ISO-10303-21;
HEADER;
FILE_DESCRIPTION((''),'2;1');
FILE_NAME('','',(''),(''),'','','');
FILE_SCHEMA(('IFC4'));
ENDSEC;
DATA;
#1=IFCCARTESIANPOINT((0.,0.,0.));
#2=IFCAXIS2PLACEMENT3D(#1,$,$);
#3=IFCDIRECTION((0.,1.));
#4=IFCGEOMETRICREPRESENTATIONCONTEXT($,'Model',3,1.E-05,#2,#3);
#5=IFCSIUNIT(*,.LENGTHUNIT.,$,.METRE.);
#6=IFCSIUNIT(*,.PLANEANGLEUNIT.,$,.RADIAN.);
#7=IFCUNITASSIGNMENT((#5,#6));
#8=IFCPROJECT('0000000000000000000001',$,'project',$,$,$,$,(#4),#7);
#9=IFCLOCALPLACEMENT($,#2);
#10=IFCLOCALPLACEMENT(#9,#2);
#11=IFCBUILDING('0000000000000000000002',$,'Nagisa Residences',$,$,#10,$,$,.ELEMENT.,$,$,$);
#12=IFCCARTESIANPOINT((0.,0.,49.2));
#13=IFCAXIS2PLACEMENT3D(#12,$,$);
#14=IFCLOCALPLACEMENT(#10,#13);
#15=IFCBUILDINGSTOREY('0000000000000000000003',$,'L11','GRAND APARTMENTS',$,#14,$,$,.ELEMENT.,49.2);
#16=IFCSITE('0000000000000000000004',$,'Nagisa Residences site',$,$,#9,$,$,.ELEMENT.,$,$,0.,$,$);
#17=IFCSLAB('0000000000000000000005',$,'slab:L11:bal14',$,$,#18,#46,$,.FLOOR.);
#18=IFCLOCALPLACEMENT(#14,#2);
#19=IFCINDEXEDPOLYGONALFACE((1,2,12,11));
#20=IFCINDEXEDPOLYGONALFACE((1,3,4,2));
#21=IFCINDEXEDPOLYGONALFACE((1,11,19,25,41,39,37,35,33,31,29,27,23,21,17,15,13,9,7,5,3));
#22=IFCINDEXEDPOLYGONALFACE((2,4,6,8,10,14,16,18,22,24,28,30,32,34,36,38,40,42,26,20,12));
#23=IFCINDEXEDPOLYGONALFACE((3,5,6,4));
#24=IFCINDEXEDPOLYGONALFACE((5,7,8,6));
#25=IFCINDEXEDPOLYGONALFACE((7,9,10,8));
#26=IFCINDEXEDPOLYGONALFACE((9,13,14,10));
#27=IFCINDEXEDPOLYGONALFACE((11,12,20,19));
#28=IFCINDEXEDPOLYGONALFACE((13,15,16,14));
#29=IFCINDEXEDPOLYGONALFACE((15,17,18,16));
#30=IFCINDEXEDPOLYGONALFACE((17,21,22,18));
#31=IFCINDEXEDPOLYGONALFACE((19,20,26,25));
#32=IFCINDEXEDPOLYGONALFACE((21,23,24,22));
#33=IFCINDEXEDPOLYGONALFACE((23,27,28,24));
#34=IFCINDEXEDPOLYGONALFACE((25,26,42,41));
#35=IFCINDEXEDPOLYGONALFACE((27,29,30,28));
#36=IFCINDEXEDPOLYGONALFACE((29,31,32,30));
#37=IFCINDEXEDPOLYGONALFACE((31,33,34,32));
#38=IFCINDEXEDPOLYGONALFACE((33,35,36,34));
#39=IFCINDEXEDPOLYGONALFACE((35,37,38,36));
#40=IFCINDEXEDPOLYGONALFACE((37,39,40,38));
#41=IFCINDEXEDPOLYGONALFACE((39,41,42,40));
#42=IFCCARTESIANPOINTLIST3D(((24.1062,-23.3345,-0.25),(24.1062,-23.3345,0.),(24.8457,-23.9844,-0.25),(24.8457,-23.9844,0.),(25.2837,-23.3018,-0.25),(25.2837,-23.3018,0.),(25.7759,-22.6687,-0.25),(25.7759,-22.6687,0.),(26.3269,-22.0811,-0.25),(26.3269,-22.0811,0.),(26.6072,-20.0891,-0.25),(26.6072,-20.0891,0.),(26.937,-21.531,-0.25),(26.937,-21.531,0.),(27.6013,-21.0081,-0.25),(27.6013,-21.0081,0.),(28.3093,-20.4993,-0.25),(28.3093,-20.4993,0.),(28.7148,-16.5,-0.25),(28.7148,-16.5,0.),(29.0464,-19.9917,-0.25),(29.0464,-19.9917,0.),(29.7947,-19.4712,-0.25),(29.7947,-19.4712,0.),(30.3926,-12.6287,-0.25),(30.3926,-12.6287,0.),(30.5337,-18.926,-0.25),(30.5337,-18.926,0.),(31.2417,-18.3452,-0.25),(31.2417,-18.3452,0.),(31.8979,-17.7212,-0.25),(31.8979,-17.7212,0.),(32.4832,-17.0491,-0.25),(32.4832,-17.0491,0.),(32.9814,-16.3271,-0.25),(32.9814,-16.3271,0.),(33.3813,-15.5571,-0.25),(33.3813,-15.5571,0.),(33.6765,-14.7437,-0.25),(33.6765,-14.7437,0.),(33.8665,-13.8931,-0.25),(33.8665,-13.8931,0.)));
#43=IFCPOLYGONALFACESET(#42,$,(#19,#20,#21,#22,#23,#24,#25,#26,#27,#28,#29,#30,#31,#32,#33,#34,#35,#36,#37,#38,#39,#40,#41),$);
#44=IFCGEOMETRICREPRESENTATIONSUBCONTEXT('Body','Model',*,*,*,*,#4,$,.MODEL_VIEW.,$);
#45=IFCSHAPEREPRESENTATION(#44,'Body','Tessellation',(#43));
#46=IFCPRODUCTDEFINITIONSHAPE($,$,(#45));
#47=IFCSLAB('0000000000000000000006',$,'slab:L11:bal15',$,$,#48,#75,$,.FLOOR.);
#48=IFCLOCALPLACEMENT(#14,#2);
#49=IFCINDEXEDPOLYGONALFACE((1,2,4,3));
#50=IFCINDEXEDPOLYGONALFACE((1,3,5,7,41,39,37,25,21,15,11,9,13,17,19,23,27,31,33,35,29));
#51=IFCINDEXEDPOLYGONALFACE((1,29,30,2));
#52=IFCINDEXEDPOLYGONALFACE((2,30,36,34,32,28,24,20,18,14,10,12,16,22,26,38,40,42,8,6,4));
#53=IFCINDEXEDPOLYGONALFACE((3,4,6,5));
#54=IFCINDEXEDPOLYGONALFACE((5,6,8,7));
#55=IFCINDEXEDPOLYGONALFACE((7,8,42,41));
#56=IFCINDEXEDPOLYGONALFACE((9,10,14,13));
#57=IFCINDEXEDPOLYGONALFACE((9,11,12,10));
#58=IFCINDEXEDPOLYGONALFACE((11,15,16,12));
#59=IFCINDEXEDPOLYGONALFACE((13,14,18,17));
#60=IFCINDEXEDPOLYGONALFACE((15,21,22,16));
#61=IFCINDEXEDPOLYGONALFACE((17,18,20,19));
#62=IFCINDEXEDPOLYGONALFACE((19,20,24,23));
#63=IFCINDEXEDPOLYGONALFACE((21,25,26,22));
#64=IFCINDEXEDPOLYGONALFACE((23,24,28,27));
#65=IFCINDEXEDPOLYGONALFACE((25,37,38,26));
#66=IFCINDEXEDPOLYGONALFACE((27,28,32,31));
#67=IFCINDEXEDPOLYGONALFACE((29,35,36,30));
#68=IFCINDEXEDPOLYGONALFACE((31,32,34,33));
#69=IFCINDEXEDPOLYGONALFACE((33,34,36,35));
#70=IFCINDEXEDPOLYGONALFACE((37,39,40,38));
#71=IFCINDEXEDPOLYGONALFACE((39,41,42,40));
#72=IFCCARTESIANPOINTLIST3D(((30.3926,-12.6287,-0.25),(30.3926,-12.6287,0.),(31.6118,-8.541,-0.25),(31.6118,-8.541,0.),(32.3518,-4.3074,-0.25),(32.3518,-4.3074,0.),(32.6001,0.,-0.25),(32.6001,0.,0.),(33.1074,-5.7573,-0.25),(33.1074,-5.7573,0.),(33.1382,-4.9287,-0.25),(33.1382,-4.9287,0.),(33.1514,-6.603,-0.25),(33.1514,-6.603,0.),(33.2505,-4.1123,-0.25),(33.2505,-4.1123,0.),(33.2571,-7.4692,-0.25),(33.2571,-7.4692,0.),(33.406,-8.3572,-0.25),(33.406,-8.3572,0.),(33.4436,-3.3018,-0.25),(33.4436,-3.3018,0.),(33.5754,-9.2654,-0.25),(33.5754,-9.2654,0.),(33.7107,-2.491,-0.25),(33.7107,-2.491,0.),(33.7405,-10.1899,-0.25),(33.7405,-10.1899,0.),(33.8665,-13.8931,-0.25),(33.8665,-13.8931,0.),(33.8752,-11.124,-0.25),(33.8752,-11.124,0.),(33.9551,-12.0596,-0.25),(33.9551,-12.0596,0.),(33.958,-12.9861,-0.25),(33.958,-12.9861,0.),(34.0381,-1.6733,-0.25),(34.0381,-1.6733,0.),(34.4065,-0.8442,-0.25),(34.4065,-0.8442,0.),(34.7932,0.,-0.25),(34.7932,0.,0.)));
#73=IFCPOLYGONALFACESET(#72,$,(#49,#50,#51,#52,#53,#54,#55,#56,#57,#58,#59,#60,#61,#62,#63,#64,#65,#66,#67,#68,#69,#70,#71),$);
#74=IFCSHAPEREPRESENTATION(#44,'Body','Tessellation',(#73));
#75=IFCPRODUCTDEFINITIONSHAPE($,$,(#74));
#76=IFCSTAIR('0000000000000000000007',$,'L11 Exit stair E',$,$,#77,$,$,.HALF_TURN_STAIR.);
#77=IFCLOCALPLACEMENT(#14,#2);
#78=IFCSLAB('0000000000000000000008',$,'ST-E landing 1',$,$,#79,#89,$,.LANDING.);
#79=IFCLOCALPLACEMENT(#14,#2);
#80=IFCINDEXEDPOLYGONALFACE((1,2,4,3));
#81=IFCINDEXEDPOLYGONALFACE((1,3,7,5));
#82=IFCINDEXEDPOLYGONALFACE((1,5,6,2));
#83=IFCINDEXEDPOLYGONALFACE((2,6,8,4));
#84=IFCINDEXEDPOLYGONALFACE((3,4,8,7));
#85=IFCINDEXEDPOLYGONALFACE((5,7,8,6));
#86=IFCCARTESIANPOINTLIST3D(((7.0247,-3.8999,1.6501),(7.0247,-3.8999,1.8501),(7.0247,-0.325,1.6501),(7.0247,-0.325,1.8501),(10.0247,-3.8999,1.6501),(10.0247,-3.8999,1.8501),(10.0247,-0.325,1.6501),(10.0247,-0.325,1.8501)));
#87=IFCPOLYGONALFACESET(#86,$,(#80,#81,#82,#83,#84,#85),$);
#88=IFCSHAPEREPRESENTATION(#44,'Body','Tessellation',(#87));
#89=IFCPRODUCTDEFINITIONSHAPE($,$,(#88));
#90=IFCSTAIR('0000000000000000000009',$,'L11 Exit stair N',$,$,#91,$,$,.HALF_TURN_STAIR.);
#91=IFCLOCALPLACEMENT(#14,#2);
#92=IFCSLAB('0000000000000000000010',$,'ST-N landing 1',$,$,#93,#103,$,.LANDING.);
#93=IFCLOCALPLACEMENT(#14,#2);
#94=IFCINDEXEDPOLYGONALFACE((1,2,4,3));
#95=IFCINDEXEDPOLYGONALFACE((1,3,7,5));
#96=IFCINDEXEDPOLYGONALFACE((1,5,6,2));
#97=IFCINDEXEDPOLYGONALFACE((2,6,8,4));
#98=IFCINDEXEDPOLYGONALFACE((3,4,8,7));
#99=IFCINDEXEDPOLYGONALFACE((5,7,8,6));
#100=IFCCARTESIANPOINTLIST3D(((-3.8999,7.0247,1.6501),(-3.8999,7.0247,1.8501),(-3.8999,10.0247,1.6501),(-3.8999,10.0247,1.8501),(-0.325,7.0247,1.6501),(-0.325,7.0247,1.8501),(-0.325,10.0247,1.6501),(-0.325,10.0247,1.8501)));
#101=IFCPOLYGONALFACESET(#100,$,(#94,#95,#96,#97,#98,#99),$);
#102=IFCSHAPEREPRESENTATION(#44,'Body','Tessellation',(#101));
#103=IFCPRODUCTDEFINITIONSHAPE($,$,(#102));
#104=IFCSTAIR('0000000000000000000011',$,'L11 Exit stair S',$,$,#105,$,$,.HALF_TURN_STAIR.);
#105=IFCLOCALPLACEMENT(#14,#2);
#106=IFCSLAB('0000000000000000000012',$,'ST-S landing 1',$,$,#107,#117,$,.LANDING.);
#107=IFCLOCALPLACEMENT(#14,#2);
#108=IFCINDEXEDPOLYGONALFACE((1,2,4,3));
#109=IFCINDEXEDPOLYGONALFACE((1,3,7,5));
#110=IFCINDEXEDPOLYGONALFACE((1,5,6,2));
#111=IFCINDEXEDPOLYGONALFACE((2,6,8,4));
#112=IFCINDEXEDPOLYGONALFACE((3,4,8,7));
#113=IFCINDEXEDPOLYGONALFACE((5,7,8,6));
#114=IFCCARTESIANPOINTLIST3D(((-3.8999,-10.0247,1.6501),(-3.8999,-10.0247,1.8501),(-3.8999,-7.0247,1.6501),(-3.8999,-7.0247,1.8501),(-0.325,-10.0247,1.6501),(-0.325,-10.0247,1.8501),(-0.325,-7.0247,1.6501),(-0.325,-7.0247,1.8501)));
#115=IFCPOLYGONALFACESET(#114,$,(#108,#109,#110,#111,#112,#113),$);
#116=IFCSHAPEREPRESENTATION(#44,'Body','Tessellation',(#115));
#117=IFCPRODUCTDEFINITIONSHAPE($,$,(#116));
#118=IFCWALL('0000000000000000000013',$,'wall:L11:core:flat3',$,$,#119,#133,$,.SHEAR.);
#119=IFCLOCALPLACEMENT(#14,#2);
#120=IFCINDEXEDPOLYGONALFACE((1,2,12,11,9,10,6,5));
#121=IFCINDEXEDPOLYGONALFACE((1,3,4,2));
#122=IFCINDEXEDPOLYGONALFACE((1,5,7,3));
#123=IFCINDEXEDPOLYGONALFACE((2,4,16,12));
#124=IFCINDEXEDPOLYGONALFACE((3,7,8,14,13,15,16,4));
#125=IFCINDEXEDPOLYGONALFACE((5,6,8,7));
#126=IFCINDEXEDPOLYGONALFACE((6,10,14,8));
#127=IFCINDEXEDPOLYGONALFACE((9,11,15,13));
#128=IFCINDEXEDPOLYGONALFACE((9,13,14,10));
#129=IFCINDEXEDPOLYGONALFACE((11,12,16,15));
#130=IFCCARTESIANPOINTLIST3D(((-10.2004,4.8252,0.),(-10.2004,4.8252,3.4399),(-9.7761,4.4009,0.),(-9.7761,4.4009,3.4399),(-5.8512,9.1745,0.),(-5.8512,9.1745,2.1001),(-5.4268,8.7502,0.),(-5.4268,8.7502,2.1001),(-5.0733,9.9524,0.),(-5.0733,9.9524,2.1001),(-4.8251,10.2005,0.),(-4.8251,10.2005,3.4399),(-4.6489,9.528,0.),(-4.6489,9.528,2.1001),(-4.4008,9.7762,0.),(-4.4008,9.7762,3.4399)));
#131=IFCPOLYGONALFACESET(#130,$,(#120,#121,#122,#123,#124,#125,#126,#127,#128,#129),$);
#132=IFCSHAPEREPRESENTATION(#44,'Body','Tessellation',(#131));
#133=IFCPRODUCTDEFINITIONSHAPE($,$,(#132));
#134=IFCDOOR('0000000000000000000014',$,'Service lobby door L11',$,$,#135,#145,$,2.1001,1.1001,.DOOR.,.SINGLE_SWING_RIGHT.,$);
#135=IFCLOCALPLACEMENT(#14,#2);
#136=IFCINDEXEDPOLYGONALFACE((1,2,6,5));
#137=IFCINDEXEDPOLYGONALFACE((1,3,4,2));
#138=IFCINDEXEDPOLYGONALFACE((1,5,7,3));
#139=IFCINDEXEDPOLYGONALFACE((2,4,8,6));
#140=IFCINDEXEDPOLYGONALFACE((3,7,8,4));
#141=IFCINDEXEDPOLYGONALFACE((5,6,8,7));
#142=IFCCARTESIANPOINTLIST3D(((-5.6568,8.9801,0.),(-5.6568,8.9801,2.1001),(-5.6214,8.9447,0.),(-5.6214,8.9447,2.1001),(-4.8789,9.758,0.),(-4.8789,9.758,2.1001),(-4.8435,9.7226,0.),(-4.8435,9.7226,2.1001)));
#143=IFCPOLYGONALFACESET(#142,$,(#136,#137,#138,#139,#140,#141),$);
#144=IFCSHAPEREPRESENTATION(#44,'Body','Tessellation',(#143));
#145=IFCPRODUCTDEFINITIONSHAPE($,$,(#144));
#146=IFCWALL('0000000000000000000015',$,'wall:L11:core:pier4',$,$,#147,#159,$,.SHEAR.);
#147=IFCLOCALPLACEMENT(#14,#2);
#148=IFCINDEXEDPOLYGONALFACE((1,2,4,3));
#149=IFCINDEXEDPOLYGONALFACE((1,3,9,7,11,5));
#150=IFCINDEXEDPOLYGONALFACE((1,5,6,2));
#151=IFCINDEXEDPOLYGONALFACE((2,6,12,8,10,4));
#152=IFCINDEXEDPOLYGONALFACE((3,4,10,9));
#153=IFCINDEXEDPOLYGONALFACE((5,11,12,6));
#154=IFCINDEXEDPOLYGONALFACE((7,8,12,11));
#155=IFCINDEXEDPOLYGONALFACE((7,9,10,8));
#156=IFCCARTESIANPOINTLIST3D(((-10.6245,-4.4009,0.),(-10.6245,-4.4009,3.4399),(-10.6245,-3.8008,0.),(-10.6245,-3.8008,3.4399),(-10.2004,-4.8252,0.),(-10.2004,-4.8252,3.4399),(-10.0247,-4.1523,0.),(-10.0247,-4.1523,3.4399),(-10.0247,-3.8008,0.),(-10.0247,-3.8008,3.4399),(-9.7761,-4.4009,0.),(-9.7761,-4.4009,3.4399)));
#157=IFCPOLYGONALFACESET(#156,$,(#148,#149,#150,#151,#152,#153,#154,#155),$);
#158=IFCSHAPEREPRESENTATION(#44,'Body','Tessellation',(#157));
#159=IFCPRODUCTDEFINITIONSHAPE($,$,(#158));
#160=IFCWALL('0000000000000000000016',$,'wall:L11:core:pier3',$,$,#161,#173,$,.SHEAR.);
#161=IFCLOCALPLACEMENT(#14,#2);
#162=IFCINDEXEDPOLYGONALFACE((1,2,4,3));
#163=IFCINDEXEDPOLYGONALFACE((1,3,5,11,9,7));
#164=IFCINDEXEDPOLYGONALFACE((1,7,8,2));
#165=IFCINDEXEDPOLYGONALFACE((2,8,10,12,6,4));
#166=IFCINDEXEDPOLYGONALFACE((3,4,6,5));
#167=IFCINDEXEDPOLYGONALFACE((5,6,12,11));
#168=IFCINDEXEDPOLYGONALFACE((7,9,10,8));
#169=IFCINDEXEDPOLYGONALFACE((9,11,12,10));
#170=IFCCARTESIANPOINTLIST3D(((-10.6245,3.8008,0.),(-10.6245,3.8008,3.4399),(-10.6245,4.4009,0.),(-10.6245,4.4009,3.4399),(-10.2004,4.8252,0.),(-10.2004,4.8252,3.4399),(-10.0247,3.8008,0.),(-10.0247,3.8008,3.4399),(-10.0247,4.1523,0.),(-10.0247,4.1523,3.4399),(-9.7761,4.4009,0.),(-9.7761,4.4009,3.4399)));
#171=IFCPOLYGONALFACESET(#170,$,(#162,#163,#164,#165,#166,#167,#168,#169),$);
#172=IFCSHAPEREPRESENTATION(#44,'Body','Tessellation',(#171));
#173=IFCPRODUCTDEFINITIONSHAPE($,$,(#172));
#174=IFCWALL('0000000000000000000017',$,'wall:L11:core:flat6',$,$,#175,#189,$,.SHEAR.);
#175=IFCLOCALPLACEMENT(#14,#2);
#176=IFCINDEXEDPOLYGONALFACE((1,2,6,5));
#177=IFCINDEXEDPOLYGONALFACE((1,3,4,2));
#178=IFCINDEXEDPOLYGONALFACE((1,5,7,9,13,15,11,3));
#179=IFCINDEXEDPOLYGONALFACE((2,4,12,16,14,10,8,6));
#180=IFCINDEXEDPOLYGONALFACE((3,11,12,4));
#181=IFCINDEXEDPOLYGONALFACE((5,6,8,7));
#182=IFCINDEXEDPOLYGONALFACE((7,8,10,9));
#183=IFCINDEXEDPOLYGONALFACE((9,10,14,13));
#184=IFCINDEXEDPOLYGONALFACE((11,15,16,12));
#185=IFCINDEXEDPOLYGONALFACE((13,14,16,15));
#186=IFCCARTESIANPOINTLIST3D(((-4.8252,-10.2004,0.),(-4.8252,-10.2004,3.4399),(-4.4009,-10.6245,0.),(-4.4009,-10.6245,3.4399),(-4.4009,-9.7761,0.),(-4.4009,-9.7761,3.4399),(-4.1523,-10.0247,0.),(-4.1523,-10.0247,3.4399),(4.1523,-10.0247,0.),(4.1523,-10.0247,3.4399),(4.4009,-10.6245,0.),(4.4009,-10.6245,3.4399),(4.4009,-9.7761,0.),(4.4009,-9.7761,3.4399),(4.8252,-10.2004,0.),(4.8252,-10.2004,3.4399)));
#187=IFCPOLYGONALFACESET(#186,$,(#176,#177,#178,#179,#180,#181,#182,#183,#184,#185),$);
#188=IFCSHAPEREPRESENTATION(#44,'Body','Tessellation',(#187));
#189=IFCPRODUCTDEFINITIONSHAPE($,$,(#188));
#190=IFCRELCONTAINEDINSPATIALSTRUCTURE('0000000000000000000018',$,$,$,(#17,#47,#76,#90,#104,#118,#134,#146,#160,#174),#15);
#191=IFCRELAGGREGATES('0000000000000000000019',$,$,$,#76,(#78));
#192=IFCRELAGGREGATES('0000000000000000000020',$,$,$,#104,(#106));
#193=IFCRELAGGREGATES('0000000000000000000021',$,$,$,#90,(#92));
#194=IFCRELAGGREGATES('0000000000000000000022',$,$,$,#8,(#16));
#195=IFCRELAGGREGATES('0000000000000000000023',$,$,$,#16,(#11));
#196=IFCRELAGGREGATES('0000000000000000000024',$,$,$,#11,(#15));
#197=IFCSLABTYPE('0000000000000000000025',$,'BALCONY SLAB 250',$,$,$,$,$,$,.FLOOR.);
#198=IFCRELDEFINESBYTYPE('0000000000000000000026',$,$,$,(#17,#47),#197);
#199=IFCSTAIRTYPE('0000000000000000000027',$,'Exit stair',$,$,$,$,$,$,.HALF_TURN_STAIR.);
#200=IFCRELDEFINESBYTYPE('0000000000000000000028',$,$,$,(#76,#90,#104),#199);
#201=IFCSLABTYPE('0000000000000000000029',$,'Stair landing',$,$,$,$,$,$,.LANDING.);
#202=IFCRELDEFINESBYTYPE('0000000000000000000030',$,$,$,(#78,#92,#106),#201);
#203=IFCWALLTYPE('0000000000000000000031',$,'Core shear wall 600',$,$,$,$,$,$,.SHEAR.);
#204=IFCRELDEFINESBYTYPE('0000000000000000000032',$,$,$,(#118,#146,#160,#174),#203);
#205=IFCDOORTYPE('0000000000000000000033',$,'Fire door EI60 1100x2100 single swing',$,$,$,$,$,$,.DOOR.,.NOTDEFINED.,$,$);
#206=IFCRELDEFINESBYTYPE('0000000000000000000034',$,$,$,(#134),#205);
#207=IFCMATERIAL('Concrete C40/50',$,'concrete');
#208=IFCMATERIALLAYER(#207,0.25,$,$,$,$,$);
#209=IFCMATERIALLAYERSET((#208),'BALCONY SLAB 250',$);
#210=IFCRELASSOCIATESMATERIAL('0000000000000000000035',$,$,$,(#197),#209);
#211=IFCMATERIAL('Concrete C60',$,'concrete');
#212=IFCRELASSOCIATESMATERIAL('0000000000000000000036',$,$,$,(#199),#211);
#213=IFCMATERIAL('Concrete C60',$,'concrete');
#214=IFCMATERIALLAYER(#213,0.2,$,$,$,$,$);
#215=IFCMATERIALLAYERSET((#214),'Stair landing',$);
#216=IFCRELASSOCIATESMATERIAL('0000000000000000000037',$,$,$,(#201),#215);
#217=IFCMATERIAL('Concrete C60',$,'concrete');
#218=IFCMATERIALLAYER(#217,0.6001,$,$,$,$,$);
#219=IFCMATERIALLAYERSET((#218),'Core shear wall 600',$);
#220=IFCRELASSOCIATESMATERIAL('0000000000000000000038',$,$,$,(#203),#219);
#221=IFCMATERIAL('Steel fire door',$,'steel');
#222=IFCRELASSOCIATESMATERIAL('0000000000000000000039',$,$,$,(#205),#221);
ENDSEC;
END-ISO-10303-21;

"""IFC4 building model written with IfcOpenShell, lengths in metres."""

from ifc_helpers import new_model, si_unit, direction, frame, frame_2d, origin, place, context, subcontext, project, spatial, polyline, rectangle, outline, extrude, material, layer, layer_set, type_object, element, fill, aggregate, save


model = new_model("IFC4")

# Units and contexts
model_context = context("Model", 3, precision=1e-05, world=origin(), true_north=direction((0.0, 1.0)))
body_context = subcontext(model_context, "Body", "Model", "MODEL_VIEW")
ifc_project = project(units=[si_unit("LENGTHUNIT", "METRE"), si_unit("PLANEANGLEUNIT", "RADIAN")], contexts=[model_context])

# Site, building, storey
site_placement = place(None, origin())
site = spatial("IfcSite", under=ifc_project, at=site_placement, Name="Nagisa Residences site", CompositionType="ELEMENT", RefElevation=0.0)
building_placement = place(site_placement, origin())
building = spatial("IfcBuilding", under=site, at=building_placement, Name="Nagisa Residences", CompositionType="ELEMENT")
storey_placement = place(building_placement, frame((0.0, 0.0, 49.2)))
storey = spatial("IfcBuildingStorey", under=building, at=storey_placement, Name="L11", Description="GRAND APARTMENTS", CompositionType="ELEMENT", Elevation=49.2)

# Slabs
ifc_material_1 = material(Name="Concrete C40/50", Category="concrete")
ifc_layer_1 = layer(ifc_material_1, 0.25)
ifc_layer_set_1 = layer_set([ifc_layer_1], Name="BALCONY SLAB 250")
slab_type_1 = type_object("IfcSlabType", Name="BALCONY SLAB 250", PredefinedType="FLOOR", material=ifc_layer_set_1)
slab_1_placement = place(storey_placement, frame((0.0, 0.0, -0.25)))
element("IfcSlab", 1, at=slab_1_placement, inside=storey, type_object=slab_type_1, Name="slab:L11:bal14", PredefinedType="FLOOR", context=body_context, shape_type="SweptSolid", body=[
    extrude(outline(polyline([(24.8457, -23.9844), (25.2837, -23.3018), (25.7759, -22.6687), (26.3269, -22.0811), (26.937, -21.531), (27.6013, -21.0081), (28.3093, -20.4993), (29.0464, -19.9917), (29.7947, -19.4712), (30.5337, -18.926), (31.2417, -18.3452), (31.8979, -17.7212), (32.4832, -17.0491), (32.9814, -16.3271), (33.3813, -15.5571), (33.6765, -14.7437), (33.8665, -13.8931), (30.3926, -12.6287), (28.7148, -16.5), (26.6072, -20.0891), (24.1062, -23.3345), (24.8457, -23.9844)])), origin(), (0.0, 0.0, 1.0), 0.25),
])
slab_2_placement = place(storey_placement, frame((0.0, 0.0, -0.25)))
element("IfcSlab", 2, at=slab_2_placement, inside=storey, type_object=slab_type_1, Name="slab:L11:bal15", PredefinedType="FLOOR", context=body_context, shape_type="SweptSolid", body=[
    extrude(outline(polyline([(33.8665, -13.8931), (33.958, -12.9861), (33.9551, -12.0596), (33.8752, -11.124), (33.7405, -10.1899), (33.5754, -9.2654), (33.406, -8.3572), (33.2571, -7.4692), (33.1514, -6.603), (33.1074, -5.7573), (33.1382, -4.9287), (33.2505, -4.1123), (33.4436, -3.3018), (33.7107, -2.491), (34.0381, -1.6733), (34.4065, -0.8442), (34.7932, 0.0), (32.6001, 0.0), (32.3518, -4.3074), (31.6118, -8.541), (30.3926, -12.6287), (33.8665, -13.8931)])), origin(), (0.0, 0.0, 1.0), 0.25),
])

# Stairs, slabs
ifc_material_2 = material(Name="Concrete C60", Category="concrete")
stair_type = type_object("IfcStairType", Name="Exit stair", PredefinedType="HALF_TURN_STAIR", material=ifc_material_2)
stair_1_placement = place(storey_placement, origin())
stair_1 = element("IfcStair", 3, at=stair_1_placement, inside=storey, type_object=stair_type, Name="L11 Exit stair E", PredefinedType="HALF_TURN_STAIR")
ifc_material_3 = material(Name="Concrete C60", Category="concrete")
ifc_layer_2 = layer(ifc_material_3, 0.2)
ifc_layer_set_2 = layer_set([ifc_layer_2], Name="Stair landing")
slab_type_2 = type_object("IfcSlabType", Name="Stair landing", PredefinedType="LANDING", material=ifc_layer_set_2)
slab_3_placement = place(storey_placement, frame((0.0, 0.0, 1.6501)))
slab_3 = element("IfcSlab", 4, at=slab_3_placement, type_object=slab_type_2, Name="ST-E landing 1", PredefinedType="LANDING", context=body_context, shape_type="SweptSolid", body=[
    extrude(outline(polyline([(7.0247, -0.325), (7.0247, -3.8999), (10.0247, -3.8999), (10.0247, -0.325), (7.0247, -0.325)])), origin(), (0.0, 0.0, 1.0), 0.2),
])
aggregate(stair_1, [slab_3])
stair_2_placement = place(storey_placement, origin())
stair_2 = element("IfcStair", 5, at=stair_2_placement, inside=storey, type_object=stair_type, Name="L11 Exit stair N", PredefinedType="HALF_TURN_STAIR")
slab_4_placement = place(storey_placement, frame((0.0, 0.0, 1.6501)))
slab_4 = element("IfcSlab", 6, at=slab_4_placement, type_object=slab_type_2, Name="ST-N landing 1", PredefinedType="LANDING", context=body_context, shape_type="SweptSolid", body=[
    extrude(outline(polyline([(-0.325, 10.0247), (-3.8999, 10.0247), (-3.8999, 7.0247), (-0.325, 7.0247), (-0.325, 10.0247)])), origin(), (0.0, 0.0, 1.0), 0.2),
])
stair_3_placement = place(storey_placement, origin())
stair_3 = element("IfcStair", 7, at=stair_3_placement, inside=storey, type_object=stair_type, Name="L11 Exit stair S", PredefinedType="HALF_TURN_STAIR")
slab_5_placement = place(storey_placement, frame((0.0, 0.0, 1.6501)))
slab_5 = element("IfcSlab", 8, at=slab_5_placement, type_object=slab_type_2, Name="ST-S landing 1", PredefinedType="LANDING", context=body_context, shape_type="SweptSolid", body=[
    extrude(outline(polyline([(-0.325, -7.0247), (-3.8999, -7.0247), (-3.8999, -10.0247), (-0.325, -10.0247), (-0.325, -7.0247)])), origin(), (0.0, 0.0, 1.0), 0.2),
])
aggregate(stair_3, [slab_5])

# Wall, opening, door
ifc_material_4 = material(Name="Concrete C60", Category="concrete")
ifc_layer_3 = layer(ifc_material_4, 0.6001)
ifc_layer_set_3 = layer_set([ifc_layer_3], Name="Core shear wall 600")
wall_type_1 = type_object("IfcWallType", Name="Core shear wall 600", PredefinedType="SHEAR", material=ifc_layer_set_3)
wall_1_placement = place(storey_placement, frame((-4.613, 9.9883, 0.0), z_axis=(0.0, 0.0, 1.0), x_axis=(-0.707107, -0.707107, 0.0)))
wall_1 = element("IfcWall", 9, at=wall_1_placement, inside=storey, type_object=wall_type_1, Name="wall:L11:core:flat3", PredefinedType="SHEAR", context=body_context, shape_type="SweptSolid", body=[
    extrude(rectangle(XDim=7.6018, YDim=0.6001, at=frame_2d((3.8008, 0.0))), origin(), (0.0, 0.0, 1.0), 3.4399),
])
opening_1_placement = place(wall_1_placement, frame((0.3508, 0.0, 0.0)))
opening_1 = element("IfcOpeningElement", 10, at=opening_1_placement, cuts=wall_1, PredefinedType="OPENING", context=body_context, shape_type="SweptSolid", body=[
    extrude(rectangle(XDim=1.1001, YDim=2.1001, at=frame_2d((0.55, 1.05))), frame((0.0, 0.3101, 0.0), z_axis=(0.0, -1.0, 0.0), x_axis=(1.0, 0.0, 0.0)), (0.0, 0.0, 1.0), 0.6201),
])
ifc_material_5 = material(Name="Steel fire door", Category="steel")
door_type_1 = type_object("IfcDoorType", Name="Fire door EI60 1100x2100 single swing", OperationType="NOTDEFINED", PredefinedType="DOOR", material=ifc_material_5)
door_1_placement = place(opening_1_placement, origin())
door_1 = element("IfcDoor", 11, at=door_1_placement, inside=storey, type_object=door_type_1, Name="Service lobby door L11", OperationType="SINGLE_SWING_RIGHT", OverallHeight=2.1001, OverallWidth=1.1001, PredefinedType="DOOR", context=body_context, shape_type="SweptSolid", body=[
    extrude(rectangle(XDim=1.1001, YDim=2.1001, at=frame_2d((0.55, 1.05))), frame((0.0, 0.0249, 0.0), z_axis=(0.0, -1.0, 0.0), x_axis=(1.0, 0.0, 0.0)), (0.0, 0.0, 1.0), 0.05),
])
fill(opening_1, door_1)

# Walls
wall_2_placement = place(storey_placement, origin())
element("IfcWall", 12, at=wall_2_placement, inside=storey, type_object=wall_type_1, Name="wall:L11:core:pier4", PredefinedType="SHEAR", context=body_context, shape_type="SweptSolid", body=[
    extrude(outline(polyline([(-10.6245, -3.8008), (-10.0247, -3.8008), (-10.0247, -4.1523), (-9.7761, -4.4009), (-10.2004, -4.8252), (-10.6245, -4.4009), (-10.6245, -3.8008)])), origin(), (0.0, 0.0, 1.0), 3.4399),
])
wall_3_placement = place(storey_placement, origin())
element("IfcWall", 13, at=wall_3_placement, inside=storey, type_object=wall_type_1, Name="wall:L11:core:pier3", PredefinedType="SHEAR", context=body_context, shape_type="SweptSolid", body=[
    extrude(outline(polyline([(-10.2004, 4.8252), (-9.7761, 4.4009), (-10.0247, 4.1523), (-10.0247, 3.8008), (-10.6245, 3.8008), (-10.6245, 4.4009), (-10.2004, 4.8252)])), origin(), (0.0, 0.0, 1.0), 3.4399),
])
wall_4_placement = place(storey_placement, origin())
element("IfcWall", 14, at=wall_4_placement, inside=storey, type_object=wall_type_1, Name="wall:L11:core:flat6", PredefinedType="SHEAR", context=body_context, shape_type="SweptSolid", body=[
    extrude(outline(polyline([(-4.1523, -10.0247), (4.1523, -10.0247), (4.4009, -9.7761), (4.8252, -10.2004), (4.4009, -10.6245), (-4.4009, -10.6245), (-4.8252, -10.2004), (-4.4009, -9.7761), (-4.1523, -10.0247)])), origin(), (0.0, 0.0, 1.0), 3.4399),
])

aggregate(stair_2, [slab_4])

save(model, "model.ifc")
